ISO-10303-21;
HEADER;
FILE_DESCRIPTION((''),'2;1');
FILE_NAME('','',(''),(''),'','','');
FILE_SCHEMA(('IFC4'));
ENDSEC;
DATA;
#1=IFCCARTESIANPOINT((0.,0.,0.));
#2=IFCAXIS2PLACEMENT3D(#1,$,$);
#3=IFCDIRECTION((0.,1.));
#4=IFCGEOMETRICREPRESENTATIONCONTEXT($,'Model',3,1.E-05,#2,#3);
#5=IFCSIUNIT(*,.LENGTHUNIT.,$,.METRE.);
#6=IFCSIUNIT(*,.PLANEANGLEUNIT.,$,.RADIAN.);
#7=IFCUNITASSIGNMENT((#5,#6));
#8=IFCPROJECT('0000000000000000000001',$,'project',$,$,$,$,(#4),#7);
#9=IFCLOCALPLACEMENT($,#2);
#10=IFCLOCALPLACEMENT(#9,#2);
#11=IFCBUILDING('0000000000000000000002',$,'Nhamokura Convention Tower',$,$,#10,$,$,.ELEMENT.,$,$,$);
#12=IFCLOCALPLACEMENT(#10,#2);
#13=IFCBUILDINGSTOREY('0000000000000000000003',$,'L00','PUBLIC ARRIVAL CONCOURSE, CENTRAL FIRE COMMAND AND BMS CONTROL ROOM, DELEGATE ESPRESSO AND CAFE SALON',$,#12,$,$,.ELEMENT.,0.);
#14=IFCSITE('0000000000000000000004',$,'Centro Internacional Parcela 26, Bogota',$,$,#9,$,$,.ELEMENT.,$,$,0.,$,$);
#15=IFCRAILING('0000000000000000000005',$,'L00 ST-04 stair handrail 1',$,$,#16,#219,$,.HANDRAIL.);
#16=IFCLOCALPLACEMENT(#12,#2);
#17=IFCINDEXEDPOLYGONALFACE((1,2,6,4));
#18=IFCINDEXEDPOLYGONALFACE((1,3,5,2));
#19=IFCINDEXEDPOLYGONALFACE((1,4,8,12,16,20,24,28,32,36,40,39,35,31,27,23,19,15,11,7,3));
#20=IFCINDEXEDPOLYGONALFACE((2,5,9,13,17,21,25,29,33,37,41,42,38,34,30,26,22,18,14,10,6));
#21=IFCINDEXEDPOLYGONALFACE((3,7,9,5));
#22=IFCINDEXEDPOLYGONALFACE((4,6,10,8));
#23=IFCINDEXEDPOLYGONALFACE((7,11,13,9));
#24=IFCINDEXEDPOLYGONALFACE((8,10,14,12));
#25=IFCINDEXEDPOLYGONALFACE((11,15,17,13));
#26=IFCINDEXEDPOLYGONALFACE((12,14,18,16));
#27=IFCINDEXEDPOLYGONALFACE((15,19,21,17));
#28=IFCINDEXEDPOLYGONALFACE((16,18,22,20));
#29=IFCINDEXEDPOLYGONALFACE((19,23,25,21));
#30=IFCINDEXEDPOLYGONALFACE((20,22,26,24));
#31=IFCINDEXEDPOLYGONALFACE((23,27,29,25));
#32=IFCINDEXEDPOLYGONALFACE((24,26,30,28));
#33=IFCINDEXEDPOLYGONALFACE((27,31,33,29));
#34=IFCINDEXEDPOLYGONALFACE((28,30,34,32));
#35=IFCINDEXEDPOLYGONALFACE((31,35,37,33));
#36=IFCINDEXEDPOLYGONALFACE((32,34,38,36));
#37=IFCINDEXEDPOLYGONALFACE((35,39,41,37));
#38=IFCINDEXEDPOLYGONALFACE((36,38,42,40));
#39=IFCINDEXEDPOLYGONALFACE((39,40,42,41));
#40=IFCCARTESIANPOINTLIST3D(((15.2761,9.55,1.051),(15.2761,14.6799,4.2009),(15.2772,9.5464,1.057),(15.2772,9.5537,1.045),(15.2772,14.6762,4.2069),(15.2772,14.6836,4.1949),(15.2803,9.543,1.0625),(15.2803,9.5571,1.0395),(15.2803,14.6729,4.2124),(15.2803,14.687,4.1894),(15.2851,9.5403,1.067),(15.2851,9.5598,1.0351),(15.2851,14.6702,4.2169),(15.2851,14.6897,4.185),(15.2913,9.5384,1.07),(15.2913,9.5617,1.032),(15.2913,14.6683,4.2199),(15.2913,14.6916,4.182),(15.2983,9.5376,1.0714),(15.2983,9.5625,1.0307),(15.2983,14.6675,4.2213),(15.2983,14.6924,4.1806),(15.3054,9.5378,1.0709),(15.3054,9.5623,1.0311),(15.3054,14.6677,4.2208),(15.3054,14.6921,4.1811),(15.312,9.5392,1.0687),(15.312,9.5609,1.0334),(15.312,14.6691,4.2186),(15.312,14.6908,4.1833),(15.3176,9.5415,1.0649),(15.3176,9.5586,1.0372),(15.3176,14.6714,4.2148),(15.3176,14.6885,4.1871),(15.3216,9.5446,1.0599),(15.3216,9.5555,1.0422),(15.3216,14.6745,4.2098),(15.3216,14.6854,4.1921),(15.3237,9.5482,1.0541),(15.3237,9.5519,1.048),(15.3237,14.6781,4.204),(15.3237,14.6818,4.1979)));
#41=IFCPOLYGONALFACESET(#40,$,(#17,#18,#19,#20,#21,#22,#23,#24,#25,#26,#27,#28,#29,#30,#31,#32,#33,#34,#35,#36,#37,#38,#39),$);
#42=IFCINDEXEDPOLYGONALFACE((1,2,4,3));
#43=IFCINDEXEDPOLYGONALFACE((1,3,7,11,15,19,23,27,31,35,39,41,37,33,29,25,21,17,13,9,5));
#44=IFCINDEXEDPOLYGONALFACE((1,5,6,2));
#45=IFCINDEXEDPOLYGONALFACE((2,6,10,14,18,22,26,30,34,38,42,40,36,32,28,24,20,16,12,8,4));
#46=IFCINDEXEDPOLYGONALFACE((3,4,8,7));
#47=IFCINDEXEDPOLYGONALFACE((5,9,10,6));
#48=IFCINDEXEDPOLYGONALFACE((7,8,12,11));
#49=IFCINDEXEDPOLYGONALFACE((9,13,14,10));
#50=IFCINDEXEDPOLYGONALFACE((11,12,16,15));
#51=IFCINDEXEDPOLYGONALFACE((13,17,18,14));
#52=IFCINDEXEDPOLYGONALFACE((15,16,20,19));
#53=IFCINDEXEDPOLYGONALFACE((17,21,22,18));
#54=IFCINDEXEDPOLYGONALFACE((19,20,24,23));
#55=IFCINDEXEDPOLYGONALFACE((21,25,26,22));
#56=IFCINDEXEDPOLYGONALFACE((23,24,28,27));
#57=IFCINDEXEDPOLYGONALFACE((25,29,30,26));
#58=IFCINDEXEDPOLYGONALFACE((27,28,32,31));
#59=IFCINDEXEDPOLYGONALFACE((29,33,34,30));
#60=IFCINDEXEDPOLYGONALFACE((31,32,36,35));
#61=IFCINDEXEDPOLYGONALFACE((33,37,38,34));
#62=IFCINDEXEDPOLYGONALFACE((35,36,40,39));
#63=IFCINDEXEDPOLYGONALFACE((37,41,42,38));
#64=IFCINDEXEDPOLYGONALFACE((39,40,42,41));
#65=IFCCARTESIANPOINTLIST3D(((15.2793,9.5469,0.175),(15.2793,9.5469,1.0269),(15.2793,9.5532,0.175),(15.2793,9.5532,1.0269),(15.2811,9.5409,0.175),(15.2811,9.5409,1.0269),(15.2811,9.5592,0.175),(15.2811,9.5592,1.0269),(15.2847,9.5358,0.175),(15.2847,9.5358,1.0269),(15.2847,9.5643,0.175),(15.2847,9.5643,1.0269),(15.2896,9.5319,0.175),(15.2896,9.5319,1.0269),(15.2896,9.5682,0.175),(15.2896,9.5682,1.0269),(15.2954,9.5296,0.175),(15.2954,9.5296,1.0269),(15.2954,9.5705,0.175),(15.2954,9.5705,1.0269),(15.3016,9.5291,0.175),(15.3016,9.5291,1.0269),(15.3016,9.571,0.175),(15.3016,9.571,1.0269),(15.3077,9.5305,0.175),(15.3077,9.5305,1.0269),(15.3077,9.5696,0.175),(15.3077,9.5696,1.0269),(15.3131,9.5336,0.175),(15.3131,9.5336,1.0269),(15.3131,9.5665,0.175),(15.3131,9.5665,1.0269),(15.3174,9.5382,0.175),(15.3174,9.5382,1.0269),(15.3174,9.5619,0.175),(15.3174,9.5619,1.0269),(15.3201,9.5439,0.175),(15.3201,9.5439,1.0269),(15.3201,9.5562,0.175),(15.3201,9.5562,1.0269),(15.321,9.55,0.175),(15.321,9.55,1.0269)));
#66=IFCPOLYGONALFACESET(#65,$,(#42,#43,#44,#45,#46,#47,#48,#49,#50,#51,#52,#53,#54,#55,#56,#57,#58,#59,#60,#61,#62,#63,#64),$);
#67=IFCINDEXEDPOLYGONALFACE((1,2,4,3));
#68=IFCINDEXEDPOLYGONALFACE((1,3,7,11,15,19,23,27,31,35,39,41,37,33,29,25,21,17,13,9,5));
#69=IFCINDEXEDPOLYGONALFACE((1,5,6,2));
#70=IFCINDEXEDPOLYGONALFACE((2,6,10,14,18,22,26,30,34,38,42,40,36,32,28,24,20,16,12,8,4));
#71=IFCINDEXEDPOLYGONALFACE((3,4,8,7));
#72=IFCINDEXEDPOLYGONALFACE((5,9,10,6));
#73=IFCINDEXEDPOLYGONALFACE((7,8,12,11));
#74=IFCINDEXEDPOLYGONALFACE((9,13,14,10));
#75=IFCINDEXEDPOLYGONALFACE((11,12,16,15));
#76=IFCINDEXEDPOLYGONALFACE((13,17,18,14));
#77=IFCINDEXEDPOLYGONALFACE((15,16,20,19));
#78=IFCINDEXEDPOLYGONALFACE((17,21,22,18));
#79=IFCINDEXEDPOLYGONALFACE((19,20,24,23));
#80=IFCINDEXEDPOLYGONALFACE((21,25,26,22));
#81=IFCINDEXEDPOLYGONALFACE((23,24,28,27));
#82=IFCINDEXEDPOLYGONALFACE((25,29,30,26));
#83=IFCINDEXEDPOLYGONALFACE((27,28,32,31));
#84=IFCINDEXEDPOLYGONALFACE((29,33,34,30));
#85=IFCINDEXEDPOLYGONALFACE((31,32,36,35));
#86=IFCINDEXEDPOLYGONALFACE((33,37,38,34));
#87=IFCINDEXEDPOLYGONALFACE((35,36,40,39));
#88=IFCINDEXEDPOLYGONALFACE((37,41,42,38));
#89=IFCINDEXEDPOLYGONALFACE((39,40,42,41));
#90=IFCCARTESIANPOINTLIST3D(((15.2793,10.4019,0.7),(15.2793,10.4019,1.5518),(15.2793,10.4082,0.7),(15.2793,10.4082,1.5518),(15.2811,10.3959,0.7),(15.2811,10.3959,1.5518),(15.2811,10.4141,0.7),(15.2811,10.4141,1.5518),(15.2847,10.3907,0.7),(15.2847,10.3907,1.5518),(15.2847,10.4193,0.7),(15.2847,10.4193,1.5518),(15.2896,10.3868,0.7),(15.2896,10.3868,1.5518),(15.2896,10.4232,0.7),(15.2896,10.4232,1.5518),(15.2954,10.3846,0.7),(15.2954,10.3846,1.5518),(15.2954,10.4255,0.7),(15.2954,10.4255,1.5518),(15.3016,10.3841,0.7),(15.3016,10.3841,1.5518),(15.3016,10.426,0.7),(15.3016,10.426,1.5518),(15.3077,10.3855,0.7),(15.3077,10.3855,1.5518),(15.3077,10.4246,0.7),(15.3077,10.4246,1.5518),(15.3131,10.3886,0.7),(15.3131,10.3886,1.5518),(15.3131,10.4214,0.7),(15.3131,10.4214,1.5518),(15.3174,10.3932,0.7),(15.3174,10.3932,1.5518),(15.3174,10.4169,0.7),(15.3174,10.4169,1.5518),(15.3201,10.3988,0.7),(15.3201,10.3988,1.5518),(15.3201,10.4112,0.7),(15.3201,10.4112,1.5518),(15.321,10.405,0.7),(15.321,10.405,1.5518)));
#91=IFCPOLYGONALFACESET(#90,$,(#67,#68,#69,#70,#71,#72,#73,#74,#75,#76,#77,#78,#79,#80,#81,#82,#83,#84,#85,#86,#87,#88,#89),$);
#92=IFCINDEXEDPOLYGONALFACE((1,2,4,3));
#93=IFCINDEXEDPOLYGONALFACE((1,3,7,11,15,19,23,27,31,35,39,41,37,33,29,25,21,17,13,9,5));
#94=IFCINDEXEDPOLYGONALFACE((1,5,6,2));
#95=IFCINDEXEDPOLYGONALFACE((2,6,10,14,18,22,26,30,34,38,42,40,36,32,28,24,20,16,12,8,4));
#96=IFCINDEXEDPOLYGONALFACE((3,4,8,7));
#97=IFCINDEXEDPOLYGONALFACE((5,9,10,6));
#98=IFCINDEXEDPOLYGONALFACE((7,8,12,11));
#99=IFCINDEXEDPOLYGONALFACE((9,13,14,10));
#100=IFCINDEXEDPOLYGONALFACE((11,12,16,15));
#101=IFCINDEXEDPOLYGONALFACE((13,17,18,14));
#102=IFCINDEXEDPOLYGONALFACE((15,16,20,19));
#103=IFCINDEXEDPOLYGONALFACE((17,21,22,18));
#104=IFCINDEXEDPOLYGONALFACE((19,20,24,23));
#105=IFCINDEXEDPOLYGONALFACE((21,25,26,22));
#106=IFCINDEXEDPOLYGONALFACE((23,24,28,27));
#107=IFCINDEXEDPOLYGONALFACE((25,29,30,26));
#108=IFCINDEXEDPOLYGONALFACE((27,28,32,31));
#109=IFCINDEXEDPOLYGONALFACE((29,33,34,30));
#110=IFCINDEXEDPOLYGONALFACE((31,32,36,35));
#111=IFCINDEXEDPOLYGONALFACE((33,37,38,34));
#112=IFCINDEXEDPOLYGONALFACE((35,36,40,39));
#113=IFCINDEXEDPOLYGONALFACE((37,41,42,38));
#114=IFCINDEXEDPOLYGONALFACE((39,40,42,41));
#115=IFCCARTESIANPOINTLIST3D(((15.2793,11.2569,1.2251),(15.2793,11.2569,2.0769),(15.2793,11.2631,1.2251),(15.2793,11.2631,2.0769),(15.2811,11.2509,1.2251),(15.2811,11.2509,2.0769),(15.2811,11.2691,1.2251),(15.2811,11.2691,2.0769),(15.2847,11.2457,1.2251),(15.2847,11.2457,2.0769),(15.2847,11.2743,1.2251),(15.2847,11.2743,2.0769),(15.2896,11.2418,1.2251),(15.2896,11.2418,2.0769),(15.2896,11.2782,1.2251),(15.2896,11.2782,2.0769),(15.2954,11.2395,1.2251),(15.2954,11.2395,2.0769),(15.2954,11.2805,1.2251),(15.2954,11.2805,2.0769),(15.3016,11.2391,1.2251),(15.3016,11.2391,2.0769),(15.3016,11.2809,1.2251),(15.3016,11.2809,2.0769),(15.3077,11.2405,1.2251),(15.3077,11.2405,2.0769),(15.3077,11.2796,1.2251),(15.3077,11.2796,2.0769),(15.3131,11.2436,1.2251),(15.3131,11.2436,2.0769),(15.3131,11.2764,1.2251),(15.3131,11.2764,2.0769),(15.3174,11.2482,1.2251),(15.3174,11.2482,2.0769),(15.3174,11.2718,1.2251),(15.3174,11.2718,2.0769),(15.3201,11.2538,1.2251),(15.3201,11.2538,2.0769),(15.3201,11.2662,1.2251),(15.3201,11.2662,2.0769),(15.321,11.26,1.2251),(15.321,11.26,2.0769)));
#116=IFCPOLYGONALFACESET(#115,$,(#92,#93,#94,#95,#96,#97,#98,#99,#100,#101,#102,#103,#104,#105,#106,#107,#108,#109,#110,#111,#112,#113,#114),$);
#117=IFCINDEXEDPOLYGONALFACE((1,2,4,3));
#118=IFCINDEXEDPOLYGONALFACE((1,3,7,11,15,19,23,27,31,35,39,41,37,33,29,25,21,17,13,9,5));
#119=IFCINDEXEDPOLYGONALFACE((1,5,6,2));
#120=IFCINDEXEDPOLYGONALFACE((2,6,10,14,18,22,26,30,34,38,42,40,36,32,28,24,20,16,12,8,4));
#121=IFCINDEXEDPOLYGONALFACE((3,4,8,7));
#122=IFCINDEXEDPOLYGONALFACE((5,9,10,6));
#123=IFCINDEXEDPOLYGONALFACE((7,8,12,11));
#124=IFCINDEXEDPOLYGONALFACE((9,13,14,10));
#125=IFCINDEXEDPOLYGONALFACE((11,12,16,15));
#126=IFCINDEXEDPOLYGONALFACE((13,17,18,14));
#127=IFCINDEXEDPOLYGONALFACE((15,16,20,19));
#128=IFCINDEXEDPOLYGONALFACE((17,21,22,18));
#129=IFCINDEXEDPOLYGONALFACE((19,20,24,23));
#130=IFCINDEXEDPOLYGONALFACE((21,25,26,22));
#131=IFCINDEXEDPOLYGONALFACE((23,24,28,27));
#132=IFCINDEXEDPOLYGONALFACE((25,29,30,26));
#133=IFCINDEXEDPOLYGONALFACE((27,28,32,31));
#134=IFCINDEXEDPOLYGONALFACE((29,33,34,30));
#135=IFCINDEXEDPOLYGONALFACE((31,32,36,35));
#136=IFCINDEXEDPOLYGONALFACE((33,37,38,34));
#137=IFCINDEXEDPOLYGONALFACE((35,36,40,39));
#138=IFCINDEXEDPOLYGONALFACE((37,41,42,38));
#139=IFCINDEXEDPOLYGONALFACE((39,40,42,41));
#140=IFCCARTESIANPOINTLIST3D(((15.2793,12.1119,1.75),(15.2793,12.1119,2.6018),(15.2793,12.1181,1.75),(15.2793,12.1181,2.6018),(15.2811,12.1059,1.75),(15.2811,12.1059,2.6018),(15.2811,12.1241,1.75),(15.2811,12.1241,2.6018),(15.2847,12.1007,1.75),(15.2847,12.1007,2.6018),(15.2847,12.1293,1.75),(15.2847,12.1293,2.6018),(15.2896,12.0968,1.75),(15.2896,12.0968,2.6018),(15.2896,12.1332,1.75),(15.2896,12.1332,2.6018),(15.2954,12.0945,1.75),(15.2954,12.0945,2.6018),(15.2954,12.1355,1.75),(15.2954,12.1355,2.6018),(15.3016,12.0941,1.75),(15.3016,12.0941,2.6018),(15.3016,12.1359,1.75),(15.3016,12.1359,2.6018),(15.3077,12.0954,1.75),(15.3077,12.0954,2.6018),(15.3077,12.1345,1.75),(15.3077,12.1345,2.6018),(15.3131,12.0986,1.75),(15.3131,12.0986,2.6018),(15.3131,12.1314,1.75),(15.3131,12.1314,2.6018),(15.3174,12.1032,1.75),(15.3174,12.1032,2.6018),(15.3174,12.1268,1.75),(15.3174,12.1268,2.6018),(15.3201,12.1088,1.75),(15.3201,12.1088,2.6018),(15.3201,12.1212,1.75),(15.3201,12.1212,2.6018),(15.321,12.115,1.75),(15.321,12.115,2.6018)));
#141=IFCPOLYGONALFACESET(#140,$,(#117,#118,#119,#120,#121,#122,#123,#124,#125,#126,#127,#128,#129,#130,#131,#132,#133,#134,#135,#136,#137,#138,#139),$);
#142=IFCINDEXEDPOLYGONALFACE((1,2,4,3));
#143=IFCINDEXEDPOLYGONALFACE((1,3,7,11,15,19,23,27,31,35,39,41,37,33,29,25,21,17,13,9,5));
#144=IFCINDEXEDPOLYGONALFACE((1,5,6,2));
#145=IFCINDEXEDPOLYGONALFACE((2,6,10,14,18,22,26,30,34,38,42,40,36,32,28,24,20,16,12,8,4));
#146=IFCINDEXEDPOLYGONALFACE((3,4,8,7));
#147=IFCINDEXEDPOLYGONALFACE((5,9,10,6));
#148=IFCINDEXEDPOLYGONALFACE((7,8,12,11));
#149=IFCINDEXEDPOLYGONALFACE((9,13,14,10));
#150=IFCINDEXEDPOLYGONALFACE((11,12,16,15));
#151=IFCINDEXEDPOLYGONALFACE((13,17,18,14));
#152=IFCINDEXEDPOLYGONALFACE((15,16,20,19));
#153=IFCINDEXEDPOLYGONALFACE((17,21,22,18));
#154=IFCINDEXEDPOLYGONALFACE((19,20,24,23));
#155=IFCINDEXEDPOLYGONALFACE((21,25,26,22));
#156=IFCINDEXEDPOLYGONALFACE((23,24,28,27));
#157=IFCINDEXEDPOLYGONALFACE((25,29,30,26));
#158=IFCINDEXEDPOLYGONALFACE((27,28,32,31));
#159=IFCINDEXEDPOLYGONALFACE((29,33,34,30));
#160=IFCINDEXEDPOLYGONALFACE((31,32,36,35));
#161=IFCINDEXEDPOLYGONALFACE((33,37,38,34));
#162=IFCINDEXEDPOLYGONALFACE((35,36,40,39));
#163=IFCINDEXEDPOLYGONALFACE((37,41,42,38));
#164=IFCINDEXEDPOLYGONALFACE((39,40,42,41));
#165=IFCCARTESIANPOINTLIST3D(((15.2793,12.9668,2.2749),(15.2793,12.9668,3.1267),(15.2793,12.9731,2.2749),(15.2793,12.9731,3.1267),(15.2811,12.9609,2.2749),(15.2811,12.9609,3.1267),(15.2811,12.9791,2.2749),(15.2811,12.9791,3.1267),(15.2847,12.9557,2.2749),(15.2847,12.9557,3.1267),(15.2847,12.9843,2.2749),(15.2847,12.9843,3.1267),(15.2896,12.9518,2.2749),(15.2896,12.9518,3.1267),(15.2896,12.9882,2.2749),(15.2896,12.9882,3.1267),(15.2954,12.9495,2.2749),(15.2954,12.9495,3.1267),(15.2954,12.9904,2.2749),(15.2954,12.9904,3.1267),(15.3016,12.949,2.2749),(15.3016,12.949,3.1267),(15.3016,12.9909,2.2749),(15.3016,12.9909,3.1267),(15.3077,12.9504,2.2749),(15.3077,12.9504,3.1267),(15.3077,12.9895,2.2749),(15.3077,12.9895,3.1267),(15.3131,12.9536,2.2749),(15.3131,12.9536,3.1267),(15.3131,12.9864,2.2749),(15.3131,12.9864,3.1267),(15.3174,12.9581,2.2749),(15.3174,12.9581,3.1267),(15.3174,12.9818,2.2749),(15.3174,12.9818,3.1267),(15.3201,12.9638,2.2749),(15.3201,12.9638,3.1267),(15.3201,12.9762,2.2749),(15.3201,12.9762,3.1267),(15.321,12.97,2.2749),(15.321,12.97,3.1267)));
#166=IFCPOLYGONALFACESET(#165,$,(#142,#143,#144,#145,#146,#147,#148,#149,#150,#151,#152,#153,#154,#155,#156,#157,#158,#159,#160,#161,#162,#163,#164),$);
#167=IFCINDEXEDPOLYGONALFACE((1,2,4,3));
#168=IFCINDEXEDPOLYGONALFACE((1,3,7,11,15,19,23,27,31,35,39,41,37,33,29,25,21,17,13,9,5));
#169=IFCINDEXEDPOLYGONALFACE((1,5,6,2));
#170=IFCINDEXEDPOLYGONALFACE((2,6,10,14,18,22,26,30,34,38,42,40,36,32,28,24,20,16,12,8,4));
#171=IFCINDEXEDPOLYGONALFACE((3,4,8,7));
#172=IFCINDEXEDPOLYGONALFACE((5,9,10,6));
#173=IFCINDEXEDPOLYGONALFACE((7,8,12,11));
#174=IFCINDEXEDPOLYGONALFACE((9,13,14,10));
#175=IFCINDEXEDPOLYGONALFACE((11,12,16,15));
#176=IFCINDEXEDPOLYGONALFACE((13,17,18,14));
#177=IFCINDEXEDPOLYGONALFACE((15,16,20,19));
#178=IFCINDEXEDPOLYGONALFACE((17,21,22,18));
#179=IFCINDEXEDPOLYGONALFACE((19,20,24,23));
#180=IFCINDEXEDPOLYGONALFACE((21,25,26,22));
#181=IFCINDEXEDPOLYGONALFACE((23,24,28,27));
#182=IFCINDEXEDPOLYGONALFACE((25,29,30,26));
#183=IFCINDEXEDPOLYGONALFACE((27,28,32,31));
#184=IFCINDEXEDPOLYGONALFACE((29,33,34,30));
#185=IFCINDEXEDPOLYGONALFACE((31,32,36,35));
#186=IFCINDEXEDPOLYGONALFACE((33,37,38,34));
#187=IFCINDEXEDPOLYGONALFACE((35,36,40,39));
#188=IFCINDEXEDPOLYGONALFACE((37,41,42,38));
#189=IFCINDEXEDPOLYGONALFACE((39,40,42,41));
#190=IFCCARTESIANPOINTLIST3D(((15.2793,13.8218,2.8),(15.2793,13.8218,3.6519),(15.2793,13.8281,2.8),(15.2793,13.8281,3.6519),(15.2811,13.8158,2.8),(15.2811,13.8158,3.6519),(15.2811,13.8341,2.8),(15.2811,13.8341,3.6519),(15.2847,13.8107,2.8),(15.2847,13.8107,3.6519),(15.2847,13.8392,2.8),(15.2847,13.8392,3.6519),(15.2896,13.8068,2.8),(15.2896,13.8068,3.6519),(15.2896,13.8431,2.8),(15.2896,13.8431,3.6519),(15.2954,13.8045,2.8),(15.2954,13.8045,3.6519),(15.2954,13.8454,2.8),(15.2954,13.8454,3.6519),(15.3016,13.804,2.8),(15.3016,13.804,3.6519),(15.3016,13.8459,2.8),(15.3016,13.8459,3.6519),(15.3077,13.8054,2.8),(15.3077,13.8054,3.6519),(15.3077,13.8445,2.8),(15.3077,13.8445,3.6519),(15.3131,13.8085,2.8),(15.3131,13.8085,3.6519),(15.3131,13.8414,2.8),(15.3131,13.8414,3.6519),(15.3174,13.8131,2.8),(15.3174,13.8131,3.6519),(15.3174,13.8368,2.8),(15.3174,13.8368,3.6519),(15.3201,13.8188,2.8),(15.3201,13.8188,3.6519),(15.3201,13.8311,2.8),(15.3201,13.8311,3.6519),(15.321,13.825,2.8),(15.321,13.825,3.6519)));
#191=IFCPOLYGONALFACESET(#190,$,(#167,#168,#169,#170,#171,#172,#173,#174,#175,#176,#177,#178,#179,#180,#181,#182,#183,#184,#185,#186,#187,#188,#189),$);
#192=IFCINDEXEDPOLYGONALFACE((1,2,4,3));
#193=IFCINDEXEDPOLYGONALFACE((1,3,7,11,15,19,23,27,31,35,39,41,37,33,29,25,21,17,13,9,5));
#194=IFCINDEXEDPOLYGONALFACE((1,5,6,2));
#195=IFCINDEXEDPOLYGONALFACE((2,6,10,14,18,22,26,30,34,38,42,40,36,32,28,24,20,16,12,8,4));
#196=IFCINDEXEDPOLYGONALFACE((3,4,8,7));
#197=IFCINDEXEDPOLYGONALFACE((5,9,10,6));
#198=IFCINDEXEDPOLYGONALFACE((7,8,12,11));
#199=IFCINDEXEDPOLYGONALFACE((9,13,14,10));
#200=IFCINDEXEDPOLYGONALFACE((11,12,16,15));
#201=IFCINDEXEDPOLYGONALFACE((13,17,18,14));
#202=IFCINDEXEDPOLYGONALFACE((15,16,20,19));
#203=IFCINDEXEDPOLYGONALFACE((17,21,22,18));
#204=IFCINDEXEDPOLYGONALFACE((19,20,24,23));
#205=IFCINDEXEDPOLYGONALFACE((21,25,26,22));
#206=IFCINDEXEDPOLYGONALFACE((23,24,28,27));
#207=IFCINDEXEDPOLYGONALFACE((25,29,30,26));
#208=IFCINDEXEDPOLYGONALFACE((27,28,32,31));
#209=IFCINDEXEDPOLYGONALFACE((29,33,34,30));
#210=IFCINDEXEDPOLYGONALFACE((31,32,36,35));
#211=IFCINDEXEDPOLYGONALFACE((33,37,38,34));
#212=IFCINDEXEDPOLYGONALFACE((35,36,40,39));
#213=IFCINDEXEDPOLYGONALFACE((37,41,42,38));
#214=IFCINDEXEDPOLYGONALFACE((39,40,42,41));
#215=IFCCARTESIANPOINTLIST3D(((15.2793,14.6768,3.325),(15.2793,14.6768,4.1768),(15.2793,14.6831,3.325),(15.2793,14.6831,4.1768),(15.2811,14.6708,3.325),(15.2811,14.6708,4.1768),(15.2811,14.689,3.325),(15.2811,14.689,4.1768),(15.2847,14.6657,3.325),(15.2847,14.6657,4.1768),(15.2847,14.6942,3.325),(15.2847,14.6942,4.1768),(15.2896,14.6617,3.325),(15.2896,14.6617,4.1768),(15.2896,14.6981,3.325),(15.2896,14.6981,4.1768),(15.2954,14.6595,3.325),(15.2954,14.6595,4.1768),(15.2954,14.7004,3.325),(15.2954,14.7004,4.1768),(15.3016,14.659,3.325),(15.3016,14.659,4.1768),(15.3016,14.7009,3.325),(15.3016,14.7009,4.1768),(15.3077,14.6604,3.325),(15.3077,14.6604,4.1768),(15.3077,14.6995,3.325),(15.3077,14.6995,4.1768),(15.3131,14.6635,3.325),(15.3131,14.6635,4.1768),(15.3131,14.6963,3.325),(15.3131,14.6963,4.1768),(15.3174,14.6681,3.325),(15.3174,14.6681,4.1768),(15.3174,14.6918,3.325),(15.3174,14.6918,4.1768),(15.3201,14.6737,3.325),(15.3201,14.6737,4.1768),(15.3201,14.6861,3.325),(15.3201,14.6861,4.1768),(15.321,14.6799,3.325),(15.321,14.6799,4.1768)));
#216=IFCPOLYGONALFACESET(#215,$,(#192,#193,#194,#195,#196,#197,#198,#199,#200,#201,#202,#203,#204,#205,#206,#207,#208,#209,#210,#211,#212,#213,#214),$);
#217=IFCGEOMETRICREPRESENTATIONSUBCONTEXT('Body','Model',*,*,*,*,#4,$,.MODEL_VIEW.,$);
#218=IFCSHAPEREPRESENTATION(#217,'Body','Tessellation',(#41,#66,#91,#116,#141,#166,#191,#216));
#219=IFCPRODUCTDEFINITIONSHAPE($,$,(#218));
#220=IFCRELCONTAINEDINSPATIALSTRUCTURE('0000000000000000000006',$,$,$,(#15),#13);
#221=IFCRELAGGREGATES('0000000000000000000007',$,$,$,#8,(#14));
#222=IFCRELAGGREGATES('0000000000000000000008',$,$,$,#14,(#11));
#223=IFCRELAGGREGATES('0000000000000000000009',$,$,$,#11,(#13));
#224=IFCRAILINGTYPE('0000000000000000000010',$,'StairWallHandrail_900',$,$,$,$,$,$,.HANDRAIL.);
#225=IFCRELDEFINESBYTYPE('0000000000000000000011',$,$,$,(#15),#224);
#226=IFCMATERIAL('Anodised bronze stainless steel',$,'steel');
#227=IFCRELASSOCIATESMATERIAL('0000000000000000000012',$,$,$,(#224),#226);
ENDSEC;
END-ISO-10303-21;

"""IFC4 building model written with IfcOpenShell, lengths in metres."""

from ifc_helpers import new_model, si_unit, direction, frame, origin, origin_2d, place, context, subcontext, project, spatial, circle, extrude, material, type_object, element, save


model = new_model("IFC4")

# Units and contexts
model_context = context("Model", 3, precision=1e-05, world=origin(), true_north=direction((0.0, 1.0)))
body_context = subcontext(model_context, "Body", "Model", "MODEL_VIEW")
ifc_project = project(units=[si_unit("LENGTHUNIT", "METRE"), si_unit("PLANEANGLEUNIT", "RADIAN")], contexts=[model_context])

# Site, building, storey
site_placement = place(None, origin())
site = spatial("IfcSite", under=ifc_project, at=site_placement, Name="Centro Internacional Parcela 26, Bogota", CompositionType="ELEMENT", RefElevation=0.0)
building_placement = place(site_placement, origin())
building = spatial("IfcBuilding", under=site, at=building_placement, Name="Nhamokura Convention Tower", CompositionType="ELEMENT")
storey_placement = place(building_placement, origin())
storey = spatial("IfcBuildingStorey", under=building, at=storey_placement, Name="L00", Description="PUBLIC ARRIVAL CONCOURSE, CENTRAL FIRE COMMAND AND BMS CONTROL ROOM, DELEGATE ESPRESSO AND CAFE SALON", CompositionType="ELEMENT", Elevation=0.0)

# Railing
ifc_material_1 = material(Name="Anodised bronze stainless steel", Category="steel")
railing_type_1 = type_object("IfcRailingType", Name="StairWallHandrail_900", PredefinedType="HANDRAIL", material=ifc_material_1)
railing_1_placement = place(storey_placement, frame((15.3, 9.55, 0.175)))
element("IfcRailing", 1, at=railing_1_placement, inside=storey, type_object=railing_type_1, Name="L00 ST-04 stair handrail 1", PredefinedType="HANDRAIL", context=body_context, shape_type="SweptSolid", body=[
    extrude(circle(Radius=0.0239, at=origin_2d()), frame((0.0, 0.0, 0.876), z_axis=(0.0, 0.852173, 0.52326), x_axis=(-1.0, 0.0, 0.0)), (0.0, 0.0, 1.0), 6.0198),
    extrude(circle(Radius=0.021, at=origin_2d()), origin(), (0.0, 0.0, 1.0), 0.8518),
    extrude(circle(Radius=0.021, at=origin_2d()), frame((0.0, 0.855, 0.5249)), (0.0, 0.0, 1.0), 0.8518),
    extrude(circle(Radius=0.021, at=origin_2d()), frame((0.0, 1.71, 1.05)), (0.0, 0.0, 1.0), 0.8518),
    extrude(circle(Radius=0.021, at=origin_2d()), frame((0.0, 2.5649, 1.575)), (0.0, 0.0, 1.0), 0.8518),
    extrude(circle(Radius=0.021, at=origin_2d()), frame((0.0, 3.4199, 2.0999)), (0.0, 0.0, 1.0), 0.8518),
    extrude(circle(Radius=0.021, at=origin_2d()), frame((0.0, 4.2749, 2.625)), (0.0, 0.0, 1.0), 0.8518),
    extrude(circle(Radius=0.021, at=origin_2d()), frame((0.0, 5.1299, 3.1499)), (0.0, 0.0, 1.0), 0.8518),
])

save(model, "model.ifc")
